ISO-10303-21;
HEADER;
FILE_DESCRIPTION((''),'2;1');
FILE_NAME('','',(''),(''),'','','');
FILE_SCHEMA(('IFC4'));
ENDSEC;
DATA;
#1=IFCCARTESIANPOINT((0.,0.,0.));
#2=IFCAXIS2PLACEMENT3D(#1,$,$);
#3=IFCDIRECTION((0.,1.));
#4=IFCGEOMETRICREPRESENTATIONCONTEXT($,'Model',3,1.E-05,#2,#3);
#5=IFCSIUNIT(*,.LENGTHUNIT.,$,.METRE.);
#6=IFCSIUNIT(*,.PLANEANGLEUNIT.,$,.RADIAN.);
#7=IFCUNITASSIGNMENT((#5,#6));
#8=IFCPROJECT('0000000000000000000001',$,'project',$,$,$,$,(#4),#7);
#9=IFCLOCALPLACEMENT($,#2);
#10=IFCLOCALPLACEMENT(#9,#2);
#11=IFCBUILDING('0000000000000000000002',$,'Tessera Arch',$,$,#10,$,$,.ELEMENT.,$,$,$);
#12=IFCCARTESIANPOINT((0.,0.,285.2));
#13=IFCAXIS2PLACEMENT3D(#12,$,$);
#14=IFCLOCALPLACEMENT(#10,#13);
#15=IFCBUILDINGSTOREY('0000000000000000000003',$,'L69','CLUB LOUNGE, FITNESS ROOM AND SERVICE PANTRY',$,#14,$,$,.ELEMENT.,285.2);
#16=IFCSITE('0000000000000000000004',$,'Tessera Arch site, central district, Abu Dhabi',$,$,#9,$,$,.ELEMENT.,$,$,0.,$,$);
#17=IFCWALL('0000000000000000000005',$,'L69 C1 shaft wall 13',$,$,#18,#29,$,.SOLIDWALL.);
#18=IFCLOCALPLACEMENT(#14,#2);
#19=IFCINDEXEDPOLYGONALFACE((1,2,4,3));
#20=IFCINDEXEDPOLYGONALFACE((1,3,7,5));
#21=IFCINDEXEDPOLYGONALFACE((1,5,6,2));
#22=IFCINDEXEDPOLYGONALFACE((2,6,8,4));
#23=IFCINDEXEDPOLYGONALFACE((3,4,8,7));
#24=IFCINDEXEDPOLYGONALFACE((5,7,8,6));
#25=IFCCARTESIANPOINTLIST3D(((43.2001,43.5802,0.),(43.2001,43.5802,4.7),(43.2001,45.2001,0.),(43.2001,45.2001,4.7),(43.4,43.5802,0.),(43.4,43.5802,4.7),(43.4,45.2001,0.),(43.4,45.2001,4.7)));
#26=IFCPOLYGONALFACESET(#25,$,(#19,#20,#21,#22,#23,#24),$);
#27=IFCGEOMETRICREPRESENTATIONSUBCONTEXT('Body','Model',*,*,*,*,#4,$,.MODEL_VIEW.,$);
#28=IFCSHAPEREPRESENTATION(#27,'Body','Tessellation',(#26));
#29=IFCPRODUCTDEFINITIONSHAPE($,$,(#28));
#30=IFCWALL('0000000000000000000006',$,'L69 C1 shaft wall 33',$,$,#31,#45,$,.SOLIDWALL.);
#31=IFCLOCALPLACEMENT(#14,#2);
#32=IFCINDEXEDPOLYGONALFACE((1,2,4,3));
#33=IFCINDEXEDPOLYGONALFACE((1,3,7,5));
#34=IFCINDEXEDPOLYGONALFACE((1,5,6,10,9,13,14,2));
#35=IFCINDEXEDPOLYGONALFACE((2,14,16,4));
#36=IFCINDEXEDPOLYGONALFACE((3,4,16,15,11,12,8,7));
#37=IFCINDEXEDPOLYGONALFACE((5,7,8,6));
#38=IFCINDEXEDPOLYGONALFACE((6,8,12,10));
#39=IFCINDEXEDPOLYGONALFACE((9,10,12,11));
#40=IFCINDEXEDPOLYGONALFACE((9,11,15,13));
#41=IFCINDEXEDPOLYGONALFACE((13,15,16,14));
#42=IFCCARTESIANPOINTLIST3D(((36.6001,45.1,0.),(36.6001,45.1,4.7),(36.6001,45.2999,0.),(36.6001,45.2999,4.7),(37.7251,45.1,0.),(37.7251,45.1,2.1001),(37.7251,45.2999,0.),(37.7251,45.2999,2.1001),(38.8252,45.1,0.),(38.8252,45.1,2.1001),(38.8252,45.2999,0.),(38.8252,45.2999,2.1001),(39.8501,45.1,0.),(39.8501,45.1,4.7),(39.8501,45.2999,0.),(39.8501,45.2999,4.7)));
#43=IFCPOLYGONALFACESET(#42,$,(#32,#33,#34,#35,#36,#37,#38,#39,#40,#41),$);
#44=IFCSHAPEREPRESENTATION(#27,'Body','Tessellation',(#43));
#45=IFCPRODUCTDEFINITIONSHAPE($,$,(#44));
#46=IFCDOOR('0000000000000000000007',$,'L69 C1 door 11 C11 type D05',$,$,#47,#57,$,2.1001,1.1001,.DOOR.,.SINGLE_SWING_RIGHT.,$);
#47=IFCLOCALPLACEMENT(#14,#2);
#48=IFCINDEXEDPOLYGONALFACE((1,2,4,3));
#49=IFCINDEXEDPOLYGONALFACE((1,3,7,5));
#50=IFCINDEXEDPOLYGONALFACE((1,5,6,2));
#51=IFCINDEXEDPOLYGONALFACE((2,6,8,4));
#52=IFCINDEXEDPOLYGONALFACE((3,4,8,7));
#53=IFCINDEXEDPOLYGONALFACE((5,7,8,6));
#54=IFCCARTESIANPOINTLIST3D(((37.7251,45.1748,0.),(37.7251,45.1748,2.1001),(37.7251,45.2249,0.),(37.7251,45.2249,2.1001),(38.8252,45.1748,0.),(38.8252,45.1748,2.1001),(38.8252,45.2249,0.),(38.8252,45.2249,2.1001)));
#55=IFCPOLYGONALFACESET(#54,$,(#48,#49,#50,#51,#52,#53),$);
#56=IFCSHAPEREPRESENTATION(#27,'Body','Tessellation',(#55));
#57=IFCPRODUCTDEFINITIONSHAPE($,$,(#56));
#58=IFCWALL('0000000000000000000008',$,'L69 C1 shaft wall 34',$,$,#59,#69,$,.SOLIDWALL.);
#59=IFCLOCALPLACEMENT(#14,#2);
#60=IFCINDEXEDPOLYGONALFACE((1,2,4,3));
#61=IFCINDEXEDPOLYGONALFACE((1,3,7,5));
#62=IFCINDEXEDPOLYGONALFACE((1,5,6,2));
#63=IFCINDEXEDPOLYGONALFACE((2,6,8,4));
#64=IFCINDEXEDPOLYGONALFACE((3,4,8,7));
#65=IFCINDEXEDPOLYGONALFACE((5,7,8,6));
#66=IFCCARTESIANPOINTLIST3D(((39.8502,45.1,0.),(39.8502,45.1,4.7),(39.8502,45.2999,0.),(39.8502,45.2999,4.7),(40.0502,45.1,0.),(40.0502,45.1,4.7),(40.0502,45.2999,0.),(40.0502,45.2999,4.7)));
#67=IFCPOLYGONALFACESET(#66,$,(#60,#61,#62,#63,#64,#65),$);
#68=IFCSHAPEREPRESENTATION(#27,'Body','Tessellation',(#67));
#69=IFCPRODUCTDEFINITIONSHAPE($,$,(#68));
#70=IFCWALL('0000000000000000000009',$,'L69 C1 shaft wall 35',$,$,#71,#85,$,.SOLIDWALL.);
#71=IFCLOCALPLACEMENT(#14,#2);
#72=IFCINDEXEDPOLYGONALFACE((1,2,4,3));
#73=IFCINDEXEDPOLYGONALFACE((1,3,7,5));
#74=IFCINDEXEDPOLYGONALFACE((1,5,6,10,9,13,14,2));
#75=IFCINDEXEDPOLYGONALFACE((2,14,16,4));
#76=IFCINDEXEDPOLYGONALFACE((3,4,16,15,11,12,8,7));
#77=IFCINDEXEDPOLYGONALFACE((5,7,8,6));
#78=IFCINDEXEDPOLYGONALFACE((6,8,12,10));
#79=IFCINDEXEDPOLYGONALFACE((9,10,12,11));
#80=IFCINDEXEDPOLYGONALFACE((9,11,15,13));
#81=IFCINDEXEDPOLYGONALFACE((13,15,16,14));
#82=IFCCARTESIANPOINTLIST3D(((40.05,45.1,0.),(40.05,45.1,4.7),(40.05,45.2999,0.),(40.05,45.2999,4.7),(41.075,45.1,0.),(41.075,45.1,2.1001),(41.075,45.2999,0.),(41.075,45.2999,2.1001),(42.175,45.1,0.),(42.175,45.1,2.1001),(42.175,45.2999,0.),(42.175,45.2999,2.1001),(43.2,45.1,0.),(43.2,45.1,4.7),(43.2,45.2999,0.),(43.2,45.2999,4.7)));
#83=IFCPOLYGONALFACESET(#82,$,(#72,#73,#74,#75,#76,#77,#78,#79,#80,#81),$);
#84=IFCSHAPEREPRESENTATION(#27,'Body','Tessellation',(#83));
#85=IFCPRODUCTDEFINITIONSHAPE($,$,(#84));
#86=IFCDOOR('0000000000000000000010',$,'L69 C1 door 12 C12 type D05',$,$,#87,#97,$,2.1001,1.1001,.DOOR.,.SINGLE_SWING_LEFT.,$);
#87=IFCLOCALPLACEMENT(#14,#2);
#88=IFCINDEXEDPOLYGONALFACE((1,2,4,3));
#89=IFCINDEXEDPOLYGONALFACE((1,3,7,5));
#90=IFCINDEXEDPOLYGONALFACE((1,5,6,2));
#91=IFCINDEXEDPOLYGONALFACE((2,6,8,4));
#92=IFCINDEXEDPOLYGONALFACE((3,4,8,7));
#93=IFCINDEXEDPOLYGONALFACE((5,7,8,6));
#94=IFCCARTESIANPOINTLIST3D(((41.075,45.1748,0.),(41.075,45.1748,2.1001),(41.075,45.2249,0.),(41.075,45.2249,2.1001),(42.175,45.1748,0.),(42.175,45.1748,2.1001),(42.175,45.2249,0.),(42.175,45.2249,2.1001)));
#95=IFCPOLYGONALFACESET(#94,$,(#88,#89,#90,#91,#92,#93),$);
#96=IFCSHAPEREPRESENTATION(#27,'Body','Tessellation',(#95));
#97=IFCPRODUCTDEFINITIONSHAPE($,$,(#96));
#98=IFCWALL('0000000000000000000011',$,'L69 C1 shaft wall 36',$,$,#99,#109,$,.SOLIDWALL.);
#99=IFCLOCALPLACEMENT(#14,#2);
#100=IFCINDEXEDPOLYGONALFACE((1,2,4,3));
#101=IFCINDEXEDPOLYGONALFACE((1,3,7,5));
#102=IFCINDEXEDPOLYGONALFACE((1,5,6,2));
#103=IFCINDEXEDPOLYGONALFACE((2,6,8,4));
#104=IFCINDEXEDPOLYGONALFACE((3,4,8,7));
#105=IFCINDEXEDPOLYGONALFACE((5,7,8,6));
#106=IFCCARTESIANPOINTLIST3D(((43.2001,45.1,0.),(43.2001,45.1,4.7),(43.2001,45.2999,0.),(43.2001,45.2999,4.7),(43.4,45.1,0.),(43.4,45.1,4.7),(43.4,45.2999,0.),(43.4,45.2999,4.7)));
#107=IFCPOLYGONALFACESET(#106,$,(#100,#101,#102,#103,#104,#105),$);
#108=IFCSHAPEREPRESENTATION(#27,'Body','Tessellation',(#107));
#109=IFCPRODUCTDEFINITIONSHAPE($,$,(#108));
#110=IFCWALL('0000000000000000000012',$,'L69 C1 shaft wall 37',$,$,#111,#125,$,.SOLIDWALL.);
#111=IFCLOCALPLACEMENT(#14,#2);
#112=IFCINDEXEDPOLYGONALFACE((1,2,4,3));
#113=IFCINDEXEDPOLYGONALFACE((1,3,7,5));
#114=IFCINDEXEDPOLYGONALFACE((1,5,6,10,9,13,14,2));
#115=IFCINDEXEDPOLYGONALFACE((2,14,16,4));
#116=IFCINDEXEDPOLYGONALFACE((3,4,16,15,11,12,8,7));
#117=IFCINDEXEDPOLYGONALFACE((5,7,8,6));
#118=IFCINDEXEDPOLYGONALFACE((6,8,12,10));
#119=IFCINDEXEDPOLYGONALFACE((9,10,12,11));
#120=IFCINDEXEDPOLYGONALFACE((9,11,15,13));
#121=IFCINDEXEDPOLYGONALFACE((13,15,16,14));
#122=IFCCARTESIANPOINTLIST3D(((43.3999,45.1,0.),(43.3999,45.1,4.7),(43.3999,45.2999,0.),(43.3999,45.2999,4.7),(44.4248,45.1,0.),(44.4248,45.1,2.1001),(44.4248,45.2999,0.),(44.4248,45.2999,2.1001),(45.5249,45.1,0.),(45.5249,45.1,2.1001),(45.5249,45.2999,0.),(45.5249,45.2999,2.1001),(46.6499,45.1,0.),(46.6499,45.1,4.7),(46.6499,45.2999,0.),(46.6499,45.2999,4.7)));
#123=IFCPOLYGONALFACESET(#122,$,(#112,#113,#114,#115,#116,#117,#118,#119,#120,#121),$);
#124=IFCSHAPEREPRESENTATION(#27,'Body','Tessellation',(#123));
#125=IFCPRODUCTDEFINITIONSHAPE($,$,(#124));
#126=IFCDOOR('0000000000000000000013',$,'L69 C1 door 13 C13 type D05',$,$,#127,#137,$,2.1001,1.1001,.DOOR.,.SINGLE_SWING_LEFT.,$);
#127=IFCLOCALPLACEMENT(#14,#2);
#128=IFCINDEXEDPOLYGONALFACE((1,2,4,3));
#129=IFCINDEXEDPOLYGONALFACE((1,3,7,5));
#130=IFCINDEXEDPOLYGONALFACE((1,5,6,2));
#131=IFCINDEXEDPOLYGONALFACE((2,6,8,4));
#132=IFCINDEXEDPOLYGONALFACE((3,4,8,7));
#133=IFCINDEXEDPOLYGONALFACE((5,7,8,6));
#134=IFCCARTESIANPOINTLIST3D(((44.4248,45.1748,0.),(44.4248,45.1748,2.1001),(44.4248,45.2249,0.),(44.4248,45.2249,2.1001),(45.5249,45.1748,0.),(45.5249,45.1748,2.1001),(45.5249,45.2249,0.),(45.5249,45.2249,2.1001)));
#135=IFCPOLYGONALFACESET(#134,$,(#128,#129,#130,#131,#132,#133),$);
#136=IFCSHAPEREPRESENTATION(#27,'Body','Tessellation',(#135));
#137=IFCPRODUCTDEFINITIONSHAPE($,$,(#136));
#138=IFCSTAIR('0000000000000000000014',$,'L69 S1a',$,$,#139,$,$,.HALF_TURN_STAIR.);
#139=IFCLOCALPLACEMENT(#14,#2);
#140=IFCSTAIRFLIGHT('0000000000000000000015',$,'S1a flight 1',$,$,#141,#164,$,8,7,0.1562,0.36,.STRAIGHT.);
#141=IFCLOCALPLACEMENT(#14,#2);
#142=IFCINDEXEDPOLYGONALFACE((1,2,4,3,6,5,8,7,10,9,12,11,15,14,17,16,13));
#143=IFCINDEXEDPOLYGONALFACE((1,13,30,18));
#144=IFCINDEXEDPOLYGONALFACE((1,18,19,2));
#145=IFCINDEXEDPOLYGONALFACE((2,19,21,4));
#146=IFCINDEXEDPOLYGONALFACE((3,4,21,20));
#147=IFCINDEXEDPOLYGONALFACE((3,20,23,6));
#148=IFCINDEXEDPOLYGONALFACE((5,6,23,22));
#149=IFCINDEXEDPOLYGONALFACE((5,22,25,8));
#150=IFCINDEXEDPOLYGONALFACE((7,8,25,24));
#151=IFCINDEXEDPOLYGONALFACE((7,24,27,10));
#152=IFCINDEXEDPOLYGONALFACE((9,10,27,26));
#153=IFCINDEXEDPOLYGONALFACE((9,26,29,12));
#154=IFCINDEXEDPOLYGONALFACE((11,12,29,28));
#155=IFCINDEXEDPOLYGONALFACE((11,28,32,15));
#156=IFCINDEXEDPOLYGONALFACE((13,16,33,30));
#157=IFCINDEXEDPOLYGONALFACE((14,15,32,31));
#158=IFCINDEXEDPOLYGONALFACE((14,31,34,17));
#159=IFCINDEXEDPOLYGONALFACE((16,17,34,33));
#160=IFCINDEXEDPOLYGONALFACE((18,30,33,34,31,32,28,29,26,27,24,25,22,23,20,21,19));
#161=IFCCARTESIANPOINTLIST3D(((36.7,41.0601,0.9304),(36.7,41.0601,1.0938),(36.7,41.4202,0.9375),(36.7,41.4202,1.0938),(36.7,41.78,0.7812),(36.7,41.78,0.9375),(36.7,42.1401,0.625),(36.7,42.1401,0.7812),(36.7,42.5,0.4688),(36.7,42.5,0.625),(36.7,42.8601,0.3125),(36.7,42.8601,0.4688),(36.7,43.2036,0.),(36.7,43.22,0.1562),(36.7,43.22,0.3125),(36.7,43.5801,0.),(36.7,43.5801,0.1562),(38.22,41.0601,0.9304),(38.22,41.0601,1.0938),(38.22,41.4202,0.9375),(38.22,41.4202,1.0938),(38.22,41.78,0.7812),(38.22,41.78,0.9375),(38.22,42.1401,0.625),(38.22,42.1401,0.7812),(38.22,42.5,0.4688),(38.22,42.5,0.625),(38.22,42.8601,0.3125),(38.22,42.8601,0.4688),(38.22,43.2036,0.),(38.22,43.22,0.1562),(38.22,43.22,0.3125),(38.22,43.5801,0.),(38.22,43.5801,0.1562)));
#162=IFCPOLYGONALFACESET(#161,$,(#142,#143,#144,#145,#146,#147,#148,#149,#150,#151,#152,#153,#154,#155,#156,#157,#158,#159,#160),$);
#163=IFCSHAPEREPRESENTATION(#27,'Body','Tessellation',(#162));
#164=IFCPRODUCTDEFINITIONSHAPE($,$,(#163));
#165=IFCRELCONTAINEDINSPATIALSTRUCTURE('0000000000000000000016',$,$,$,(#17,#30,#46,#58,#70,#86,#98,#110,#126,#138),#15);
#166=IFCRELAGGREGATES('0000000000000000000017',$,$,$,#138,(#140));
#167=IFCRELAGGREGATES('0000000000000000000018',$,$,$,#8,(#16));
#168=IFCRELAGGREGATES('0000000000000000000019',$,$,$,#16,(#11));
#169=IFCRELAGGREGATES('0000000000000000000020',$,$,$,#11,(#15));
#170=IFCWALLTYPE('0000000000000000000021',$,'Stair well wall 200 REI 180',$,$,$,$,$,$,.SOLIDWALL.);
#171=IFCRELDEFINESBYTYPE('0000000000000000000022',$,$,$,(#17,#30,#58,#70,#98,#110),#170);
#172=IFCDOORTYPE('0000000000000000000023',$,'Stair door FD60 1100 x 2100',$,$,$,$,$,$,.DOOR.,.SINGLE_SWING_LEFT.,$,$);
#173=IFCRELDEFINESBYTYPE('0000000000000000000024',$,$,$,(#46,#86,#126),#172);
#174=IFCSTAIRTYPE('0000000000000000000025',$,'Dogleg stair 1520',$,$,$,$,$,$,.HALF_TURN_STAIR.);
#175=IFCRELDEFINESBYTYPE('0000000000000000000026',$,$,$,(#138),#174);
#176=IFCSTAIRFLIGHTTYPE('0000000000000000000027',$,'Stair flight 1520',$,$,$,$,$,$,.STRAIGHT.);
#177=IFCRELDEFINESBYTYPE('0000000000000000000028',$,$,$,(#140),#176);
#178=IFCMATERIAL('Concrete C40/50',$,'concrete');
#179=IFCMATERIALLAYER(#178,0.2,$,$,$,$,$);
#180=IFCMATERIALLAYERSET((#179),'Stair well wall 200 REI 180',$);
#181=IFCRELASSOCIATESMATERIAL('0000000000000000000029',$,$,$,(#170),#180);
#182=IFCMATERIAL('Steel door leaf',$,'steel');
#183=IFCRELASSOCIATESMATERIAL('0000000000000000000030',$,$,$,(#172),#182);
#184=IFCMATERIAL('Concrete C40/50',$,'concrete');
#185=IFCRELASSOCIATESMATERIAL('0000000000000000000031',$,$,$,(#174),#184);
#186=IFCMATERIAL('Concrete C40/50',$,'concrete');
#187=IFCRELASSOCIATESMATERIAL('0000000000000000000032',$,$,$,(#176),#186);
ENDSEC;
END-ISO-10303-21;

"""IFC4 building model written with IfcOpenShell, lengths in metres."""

from ifc_helpers import new_model, si_unit, direction, frame, frame_2d, origin, place, context, subcontext, project, spatial, polyline, rectangle, outline, extrude, material, layer, layer_set, type_object, element, fill, aggregate, save


model = new_model("IFC4")

# Units and contexts
model_context = context("Model", 3, precision=1e-05, world=origin(), true_north=direction((0.0, 1.0)))
body_context = subcontext(model_context, "Body", "Model", "MODEL_VIEW")
ifc_project = project(units=[si_unit("LENGTHUNIT", "METRE"), si_unit("PLANEANGLEUNIT", "RADIAN")], contexts=[model_context])

# Site, building, storey
site_placement = place(None, origin())
site = spatial("IfcSite", under=ifc_project, at=site_placement, Name="Tessera Arch site, central district, Abu Dhabi", CompositionType="ELEMENT", RefElevation=0.0)
building_placement = place(site_placement, origin())
building = spatial("IfcBuilding", under=site, at=building_placement, Name="Tessera Arch", CompositionType="ELEMENT")
storey_placement = place(building_placement, frame((0.0, 0.0, 285.2)))
storey = spatial("IfcBuildingStorey", under=building, at=storey_placement, Name="L69", Description="CLUB LOUNGE, FITNESS ROOM AND SERVICE PANTRY", CompositionType="ELEMENT", Elevation=285.2)

# Wall
ifc_material_1 = material(Name="Concrete C40/50", Category="concrete")
ifc_layer_1 = layer(ifc_material_1, 0.2)
ifc_layer_set_1 = layer_set([ifc_layer_1], Name="Stair well wall 200 REI 180")
wall_type_1 = type_object("IfcWallType", Name="Stair well wall 200 REI 180", PredefinedType="SOLIDWALL", material=ifc_layer_set_1)
wall_1_placement = place(storey_placement, frame((43.3, 43.5801, 0.0), z_axis=(0.0, 0.0, 1.0), x_axis=(0.0, 1.0, 0.0)))
element("IfcWall", 1, at=wall_1_placement, inside=storey, type_object=wall_type_1, Name="L69 C1 shaft wall 13", PredefinedType="SOLIDWALL", context=body_context, shape_type="SweptSolid", body=[
    extrude(rectangle(XDim=1.6199, YDim=0.2, at=frame_2d((0.8101, 0.0))), origin(), (0.0, 0.0, 1.0), 4.7),
])

# Wall, opening, door
wall_2_placement = place(storey_placement, frame((36.6001, 45.2, 0.0), z_axis=(0.0, 0.0, 1.0), x_axis=(1.0, 0.0, 0.0)))
wall_2 = element("IfcWall", 2, at=wall_2_placement, inside=storey, type_object=wall_type_1, Name="L69 C1 shaft wall 33", PredefinedType="SOLIDWALL", context=body_context, shape_type="SweptSolid", body=[
    extrude(rectangle(XDim=3.25, YDim=0.2, at=frame_2d((1.625, 0.0))), origin(), (0.0, 0.0, 1.0), 4.7),
])
opening_1_placement = place(wall_2_placement, frame((1.125, 0.0, 0.0)))
opening_1 = element("IfcOpeningElement", 3, at=opening_1_placement, cuts=wall_2, PredefinedType="OPENING", context=body_context, shape_type="SweptSolid", body=[
    extrude(rectangle(XDim=1.1001, YDim=2.1001, at=frame_2d((0.55, 1.05))), frame((0.0, 0.1099, 0.0), z_axis=(0.0, -1.0, 0.0), x_axis=(1.0, 0.0, 0.0)), (0.0, 0.0, 1.0), 0.22),
])
ifc_material_2 = material(Name="Steel door leaf", Category="steel")
door_type_1 = type_object("IfcDoorType", Name="Stair door FD60 1100 x 2100", OperationType="SINGLE_SWING_LEFT", PredefinedType="DOOR", material=ifc_material_2)
door_1_placement = place(opening_1_placement, origin())
door_1 = element("IfcDoor", 4, at=door_1_placement, inside=storey, type_object=door_type_1, Name="L69 C1 door 11 C11 type D05", OperationType="SINGLE_SWING_RIGHT", OverallHeight=2.1001, OverallWidth=1.1001, PredefinedType="DOOR", context=body_context, shape_type="SweptSolid", body=[
    extrude(rectangle(XDim=1.1001, YDim=2.1001, at=frame_2d((0.55, 1.05))), frame((0.0, 0.0249, 0.0), z_axis=(0.0, -1.0, 0.0), x_axis=(1.0, 0.0, 0.0)), (0.0, 0.0, 1.0), 0.05),
])
fill(opening_1, door_1)

# Wall
wall_3_placement = place(storey_placement, frame((39.8501, 45.2, 0.0), z_axis=(0.0, 0.0, 1.0), x_axis=(1.0, 0.0, 0.0)))
element("IfcWall", 5, at=wall_3_placement, inside=storey, type_object=wall_type_1, Name="L69 C1 shaft wall 34", PredefinedType="SOLIDWALL", context=body_context, shape_type="SweptSolid", body=[
    extrude(rectangle(XDim=0.2, YDim=0.2, at=frame_2d((0.1001, 0.0))), origin(), (0.0, 0.0, 1.0), 4.7),
])

# Wall, opening, door
wall_4_placement = place(storey_placement, frame((40.05, 45.2, 0.0), z_axis=(0.0, 0.0, 1.0), x_axis=(1.0, 0.0, 0.0)))
wall_4 = element("IfcWall", 6, at=wall_4_placement, inside=storey, type_object=wall_type_1, Name="L69 C1 shaft wall 35", PredefinedType="SOLIDWALL", context=body_context, shape_type="SweptSolid", body=[
    extrude(rectangle(XDim=3.1499, YDim=0.2, at=frame_2d((1.575, 0.0))), origin(), (0.0, 0.0, 1.0), 4.7),
])
opening_2_placement = place(wall_4_placement, frame((1.0249, 0.0, 0.0)))
opening_2 = element("IfcOpeningElement", 7, at=opening_2_placement, cuts=wall_4, PredefinedType="OPENING", context=body_context, shape_type="SweptSolid", body=[
    extrude(rectangle(XDim=1.1001, YDim=2.1001, at=frame_2d((0.55, 1.05))), frame((0.0, 0.1099, 0.0), z_axis=(0.0, -1.0, 0.0), x_axis=(1.0, 0.0, 0.0)), (0.0, 0.0, 1.0), 0.22),
])
door_2_placement = place(opening_2_placement, origin())
door_2 = element("IfcDoor", 8, at=door_2_placement, inside=storey, type_object=door_type_1, Name="L69 C1 door 12 C12 type D05", OperationType="SINGLE_SWING_LEFT", OverallHeight=2.1001, OverallWidth=1.1001, PredefinedType="DOOR", context=body_context, shape_type="SweptSolid", body=[
    extrude(rectangle(XDim=1.1001, YDim=2.1001, at=frame_2d((0.55, 1.05))), frame((0.0, 0.0249, 0.0), z_axis=(0.0, -1.0, 0.0), x_axis=(1.0, 0.0, 0.0)), (0.0, 0.0, 1.0), 0.05),
])
fill(opening_2, door_2)

# Wall
wall_5_placement = place(storey_placement, frame((43.2, 45.2, 0.0), z_axis=(0.0, 0.0, 1.0), x_axis=(1.0, 0.0, 0.0)))
element("IfcWall", 9, at=wall_5_placement, inside=storey, type_object=wall_type_1, Name="L69 C1 shaft wall 36", PredefinedType="SOLIDWALL", context=body_context, shape_type="SweptSolid", body=[
    extrude(rectangle(XDim=0.2, YDim=0.2, at=frame_2d((0.1001, 0.0))), origin(), (0.0, 0.0, 1.0), 4.7),
])

# Wall, opening, door
wall_6_placement = place(storey_placement, frame((43.3999, 45.2, 0.0), z_axis=(0.0, 0.0, 1.0), x_axis=(1.0, 0.0, 0.0)))
wall_6 = element("IfcWall", 10, at=wall_6_placement, inside=storey, type_object=wall_type_1, Name="L69 C1 shaft wall 37", PredefinedType="SOLIDWALL", context=body_context, shape_type="SweptSolid", body=[
    extrude(rectangle(XDim=3.25, YDim=0.2, at=frame_2d((1.625, 0.0))), origin(), (0.0, 0.0, 1.0), 4.7),
])
opening_3_placement = place(wall_6_placement, frame((1.0249, 0.0, 0.0)))
opening_3 = element("IfcOpeningElement", 11, at=opening_3_placement, cuts=wall_6, PredefinedType="OPENING", context=body_context, shape_type="SweptSolid", body=[
    extrude(rectangle(XDim=1.1001, YDim=2.1001, at=frame_2d((0.55, 1.05))), frame((0.0, 0.1099, 0.0), z_axis=(0.0, -1.0, 0.0), x_axis=(1.0, 0.0, 0.0)), (0.0, 0.0, 1.0), 0.22),
])
door_3_placement = place(opening_3_placement, origin())
door_3 = element("IfcDoor", 12, at=door_3_placement, inside=storey, type_object=door_type_1, Name="L69 C1 door 13 C13 type D05", OperationType="SINGLE_SWING_LEFT", OverallHeight=2.1001, OverallWidth=1.1001, PredefinedType="DOOR", context=body_context, shape_type="SweptSolid", body=[
    extrude(rectangle(XDim=1.1001, YDim=2.1001, at=frame_2d((0.55, 1.05))), frame((0.0, 0.0249, 0.0), z_axis=(0.0, -1.0, 0.0), x_axis=(1.0, 0.0, 0.0)), (0.0, 0.0, 1.0), 0.05),
])
fill(opening_3, door_3)

# Stair, stair flight
ifc_material_3 = material(Name="Concrete C40/50", Category="concrete")
stair_type = type_object("IfcStairType", Name="Dogleg stair 1520", PredefinedType="HALF_TURN_STAIR", material=ifc_material_3)
stair_1_placement = place(storey_placement, origin())
stair_1 = element("IfcStair", 13, at=stair_1_placement, inside=storey, type_object=stair_type, Name="L69 S1a", PredefinedType="HALF_TURN_STAIR")
ifc_material_4 = material(Name="Concrete C40/50", Category="concrete")
stair_flight_type = type_object("IfcStairFlightType", Name="Stair flight 1520", PredefinedType="STRAIGHT", material=ifc_material_4)
stair_flight_1_placement = place(storey_placement, frame((37.46, 43.5801, 0.0), z_axis=(0.0, 0.0, 1.0), x_axis=(0.0, -1.0, 0.0)))
stair_flight_1 = element("IfcStairFlight", 14, at=stair_flight_1_placement, type_object=stair_flight_type, Name="S1a flight 1", NumberOfRisers=8, NumberOfTreads=7, PredefinedType="STRAIGHT", RiserHeight=0.1562, TreadLength=0.36, context=body_context, shape_type="SweptSolid", body=[
    extrude(outline(polyline([(0.0, 0.0), (0.0, 0.1562), (0.3601, 0.1562), (0.3601, 0.3125), (0.72, 0.3125), (0.72, 0.4688), (1.0801, 0.4688), (1.0801, 0.625), (1.4399, 0.625), (1.4399, 0.7812), (1.8, 0.7812), (1.8, 0.9375), (2.1599, 0.9375), (2.1599, 1.0938), (2.52, 1.0938), (2.52, 1.25), (2.52, 0.9304), (0.3765, 0.0), (0.0, 0.0)])), frame((0.0, 0.76, 0.0), z_axis=(0.0, -1.0, 0.0), x_axis=(1.0, 0.0, 0.0)), (0.0, 0.0, 1.0), 1.52),
])
aggregate(stair_1, [stair_flight_1])

save(model, "model.ifc")
